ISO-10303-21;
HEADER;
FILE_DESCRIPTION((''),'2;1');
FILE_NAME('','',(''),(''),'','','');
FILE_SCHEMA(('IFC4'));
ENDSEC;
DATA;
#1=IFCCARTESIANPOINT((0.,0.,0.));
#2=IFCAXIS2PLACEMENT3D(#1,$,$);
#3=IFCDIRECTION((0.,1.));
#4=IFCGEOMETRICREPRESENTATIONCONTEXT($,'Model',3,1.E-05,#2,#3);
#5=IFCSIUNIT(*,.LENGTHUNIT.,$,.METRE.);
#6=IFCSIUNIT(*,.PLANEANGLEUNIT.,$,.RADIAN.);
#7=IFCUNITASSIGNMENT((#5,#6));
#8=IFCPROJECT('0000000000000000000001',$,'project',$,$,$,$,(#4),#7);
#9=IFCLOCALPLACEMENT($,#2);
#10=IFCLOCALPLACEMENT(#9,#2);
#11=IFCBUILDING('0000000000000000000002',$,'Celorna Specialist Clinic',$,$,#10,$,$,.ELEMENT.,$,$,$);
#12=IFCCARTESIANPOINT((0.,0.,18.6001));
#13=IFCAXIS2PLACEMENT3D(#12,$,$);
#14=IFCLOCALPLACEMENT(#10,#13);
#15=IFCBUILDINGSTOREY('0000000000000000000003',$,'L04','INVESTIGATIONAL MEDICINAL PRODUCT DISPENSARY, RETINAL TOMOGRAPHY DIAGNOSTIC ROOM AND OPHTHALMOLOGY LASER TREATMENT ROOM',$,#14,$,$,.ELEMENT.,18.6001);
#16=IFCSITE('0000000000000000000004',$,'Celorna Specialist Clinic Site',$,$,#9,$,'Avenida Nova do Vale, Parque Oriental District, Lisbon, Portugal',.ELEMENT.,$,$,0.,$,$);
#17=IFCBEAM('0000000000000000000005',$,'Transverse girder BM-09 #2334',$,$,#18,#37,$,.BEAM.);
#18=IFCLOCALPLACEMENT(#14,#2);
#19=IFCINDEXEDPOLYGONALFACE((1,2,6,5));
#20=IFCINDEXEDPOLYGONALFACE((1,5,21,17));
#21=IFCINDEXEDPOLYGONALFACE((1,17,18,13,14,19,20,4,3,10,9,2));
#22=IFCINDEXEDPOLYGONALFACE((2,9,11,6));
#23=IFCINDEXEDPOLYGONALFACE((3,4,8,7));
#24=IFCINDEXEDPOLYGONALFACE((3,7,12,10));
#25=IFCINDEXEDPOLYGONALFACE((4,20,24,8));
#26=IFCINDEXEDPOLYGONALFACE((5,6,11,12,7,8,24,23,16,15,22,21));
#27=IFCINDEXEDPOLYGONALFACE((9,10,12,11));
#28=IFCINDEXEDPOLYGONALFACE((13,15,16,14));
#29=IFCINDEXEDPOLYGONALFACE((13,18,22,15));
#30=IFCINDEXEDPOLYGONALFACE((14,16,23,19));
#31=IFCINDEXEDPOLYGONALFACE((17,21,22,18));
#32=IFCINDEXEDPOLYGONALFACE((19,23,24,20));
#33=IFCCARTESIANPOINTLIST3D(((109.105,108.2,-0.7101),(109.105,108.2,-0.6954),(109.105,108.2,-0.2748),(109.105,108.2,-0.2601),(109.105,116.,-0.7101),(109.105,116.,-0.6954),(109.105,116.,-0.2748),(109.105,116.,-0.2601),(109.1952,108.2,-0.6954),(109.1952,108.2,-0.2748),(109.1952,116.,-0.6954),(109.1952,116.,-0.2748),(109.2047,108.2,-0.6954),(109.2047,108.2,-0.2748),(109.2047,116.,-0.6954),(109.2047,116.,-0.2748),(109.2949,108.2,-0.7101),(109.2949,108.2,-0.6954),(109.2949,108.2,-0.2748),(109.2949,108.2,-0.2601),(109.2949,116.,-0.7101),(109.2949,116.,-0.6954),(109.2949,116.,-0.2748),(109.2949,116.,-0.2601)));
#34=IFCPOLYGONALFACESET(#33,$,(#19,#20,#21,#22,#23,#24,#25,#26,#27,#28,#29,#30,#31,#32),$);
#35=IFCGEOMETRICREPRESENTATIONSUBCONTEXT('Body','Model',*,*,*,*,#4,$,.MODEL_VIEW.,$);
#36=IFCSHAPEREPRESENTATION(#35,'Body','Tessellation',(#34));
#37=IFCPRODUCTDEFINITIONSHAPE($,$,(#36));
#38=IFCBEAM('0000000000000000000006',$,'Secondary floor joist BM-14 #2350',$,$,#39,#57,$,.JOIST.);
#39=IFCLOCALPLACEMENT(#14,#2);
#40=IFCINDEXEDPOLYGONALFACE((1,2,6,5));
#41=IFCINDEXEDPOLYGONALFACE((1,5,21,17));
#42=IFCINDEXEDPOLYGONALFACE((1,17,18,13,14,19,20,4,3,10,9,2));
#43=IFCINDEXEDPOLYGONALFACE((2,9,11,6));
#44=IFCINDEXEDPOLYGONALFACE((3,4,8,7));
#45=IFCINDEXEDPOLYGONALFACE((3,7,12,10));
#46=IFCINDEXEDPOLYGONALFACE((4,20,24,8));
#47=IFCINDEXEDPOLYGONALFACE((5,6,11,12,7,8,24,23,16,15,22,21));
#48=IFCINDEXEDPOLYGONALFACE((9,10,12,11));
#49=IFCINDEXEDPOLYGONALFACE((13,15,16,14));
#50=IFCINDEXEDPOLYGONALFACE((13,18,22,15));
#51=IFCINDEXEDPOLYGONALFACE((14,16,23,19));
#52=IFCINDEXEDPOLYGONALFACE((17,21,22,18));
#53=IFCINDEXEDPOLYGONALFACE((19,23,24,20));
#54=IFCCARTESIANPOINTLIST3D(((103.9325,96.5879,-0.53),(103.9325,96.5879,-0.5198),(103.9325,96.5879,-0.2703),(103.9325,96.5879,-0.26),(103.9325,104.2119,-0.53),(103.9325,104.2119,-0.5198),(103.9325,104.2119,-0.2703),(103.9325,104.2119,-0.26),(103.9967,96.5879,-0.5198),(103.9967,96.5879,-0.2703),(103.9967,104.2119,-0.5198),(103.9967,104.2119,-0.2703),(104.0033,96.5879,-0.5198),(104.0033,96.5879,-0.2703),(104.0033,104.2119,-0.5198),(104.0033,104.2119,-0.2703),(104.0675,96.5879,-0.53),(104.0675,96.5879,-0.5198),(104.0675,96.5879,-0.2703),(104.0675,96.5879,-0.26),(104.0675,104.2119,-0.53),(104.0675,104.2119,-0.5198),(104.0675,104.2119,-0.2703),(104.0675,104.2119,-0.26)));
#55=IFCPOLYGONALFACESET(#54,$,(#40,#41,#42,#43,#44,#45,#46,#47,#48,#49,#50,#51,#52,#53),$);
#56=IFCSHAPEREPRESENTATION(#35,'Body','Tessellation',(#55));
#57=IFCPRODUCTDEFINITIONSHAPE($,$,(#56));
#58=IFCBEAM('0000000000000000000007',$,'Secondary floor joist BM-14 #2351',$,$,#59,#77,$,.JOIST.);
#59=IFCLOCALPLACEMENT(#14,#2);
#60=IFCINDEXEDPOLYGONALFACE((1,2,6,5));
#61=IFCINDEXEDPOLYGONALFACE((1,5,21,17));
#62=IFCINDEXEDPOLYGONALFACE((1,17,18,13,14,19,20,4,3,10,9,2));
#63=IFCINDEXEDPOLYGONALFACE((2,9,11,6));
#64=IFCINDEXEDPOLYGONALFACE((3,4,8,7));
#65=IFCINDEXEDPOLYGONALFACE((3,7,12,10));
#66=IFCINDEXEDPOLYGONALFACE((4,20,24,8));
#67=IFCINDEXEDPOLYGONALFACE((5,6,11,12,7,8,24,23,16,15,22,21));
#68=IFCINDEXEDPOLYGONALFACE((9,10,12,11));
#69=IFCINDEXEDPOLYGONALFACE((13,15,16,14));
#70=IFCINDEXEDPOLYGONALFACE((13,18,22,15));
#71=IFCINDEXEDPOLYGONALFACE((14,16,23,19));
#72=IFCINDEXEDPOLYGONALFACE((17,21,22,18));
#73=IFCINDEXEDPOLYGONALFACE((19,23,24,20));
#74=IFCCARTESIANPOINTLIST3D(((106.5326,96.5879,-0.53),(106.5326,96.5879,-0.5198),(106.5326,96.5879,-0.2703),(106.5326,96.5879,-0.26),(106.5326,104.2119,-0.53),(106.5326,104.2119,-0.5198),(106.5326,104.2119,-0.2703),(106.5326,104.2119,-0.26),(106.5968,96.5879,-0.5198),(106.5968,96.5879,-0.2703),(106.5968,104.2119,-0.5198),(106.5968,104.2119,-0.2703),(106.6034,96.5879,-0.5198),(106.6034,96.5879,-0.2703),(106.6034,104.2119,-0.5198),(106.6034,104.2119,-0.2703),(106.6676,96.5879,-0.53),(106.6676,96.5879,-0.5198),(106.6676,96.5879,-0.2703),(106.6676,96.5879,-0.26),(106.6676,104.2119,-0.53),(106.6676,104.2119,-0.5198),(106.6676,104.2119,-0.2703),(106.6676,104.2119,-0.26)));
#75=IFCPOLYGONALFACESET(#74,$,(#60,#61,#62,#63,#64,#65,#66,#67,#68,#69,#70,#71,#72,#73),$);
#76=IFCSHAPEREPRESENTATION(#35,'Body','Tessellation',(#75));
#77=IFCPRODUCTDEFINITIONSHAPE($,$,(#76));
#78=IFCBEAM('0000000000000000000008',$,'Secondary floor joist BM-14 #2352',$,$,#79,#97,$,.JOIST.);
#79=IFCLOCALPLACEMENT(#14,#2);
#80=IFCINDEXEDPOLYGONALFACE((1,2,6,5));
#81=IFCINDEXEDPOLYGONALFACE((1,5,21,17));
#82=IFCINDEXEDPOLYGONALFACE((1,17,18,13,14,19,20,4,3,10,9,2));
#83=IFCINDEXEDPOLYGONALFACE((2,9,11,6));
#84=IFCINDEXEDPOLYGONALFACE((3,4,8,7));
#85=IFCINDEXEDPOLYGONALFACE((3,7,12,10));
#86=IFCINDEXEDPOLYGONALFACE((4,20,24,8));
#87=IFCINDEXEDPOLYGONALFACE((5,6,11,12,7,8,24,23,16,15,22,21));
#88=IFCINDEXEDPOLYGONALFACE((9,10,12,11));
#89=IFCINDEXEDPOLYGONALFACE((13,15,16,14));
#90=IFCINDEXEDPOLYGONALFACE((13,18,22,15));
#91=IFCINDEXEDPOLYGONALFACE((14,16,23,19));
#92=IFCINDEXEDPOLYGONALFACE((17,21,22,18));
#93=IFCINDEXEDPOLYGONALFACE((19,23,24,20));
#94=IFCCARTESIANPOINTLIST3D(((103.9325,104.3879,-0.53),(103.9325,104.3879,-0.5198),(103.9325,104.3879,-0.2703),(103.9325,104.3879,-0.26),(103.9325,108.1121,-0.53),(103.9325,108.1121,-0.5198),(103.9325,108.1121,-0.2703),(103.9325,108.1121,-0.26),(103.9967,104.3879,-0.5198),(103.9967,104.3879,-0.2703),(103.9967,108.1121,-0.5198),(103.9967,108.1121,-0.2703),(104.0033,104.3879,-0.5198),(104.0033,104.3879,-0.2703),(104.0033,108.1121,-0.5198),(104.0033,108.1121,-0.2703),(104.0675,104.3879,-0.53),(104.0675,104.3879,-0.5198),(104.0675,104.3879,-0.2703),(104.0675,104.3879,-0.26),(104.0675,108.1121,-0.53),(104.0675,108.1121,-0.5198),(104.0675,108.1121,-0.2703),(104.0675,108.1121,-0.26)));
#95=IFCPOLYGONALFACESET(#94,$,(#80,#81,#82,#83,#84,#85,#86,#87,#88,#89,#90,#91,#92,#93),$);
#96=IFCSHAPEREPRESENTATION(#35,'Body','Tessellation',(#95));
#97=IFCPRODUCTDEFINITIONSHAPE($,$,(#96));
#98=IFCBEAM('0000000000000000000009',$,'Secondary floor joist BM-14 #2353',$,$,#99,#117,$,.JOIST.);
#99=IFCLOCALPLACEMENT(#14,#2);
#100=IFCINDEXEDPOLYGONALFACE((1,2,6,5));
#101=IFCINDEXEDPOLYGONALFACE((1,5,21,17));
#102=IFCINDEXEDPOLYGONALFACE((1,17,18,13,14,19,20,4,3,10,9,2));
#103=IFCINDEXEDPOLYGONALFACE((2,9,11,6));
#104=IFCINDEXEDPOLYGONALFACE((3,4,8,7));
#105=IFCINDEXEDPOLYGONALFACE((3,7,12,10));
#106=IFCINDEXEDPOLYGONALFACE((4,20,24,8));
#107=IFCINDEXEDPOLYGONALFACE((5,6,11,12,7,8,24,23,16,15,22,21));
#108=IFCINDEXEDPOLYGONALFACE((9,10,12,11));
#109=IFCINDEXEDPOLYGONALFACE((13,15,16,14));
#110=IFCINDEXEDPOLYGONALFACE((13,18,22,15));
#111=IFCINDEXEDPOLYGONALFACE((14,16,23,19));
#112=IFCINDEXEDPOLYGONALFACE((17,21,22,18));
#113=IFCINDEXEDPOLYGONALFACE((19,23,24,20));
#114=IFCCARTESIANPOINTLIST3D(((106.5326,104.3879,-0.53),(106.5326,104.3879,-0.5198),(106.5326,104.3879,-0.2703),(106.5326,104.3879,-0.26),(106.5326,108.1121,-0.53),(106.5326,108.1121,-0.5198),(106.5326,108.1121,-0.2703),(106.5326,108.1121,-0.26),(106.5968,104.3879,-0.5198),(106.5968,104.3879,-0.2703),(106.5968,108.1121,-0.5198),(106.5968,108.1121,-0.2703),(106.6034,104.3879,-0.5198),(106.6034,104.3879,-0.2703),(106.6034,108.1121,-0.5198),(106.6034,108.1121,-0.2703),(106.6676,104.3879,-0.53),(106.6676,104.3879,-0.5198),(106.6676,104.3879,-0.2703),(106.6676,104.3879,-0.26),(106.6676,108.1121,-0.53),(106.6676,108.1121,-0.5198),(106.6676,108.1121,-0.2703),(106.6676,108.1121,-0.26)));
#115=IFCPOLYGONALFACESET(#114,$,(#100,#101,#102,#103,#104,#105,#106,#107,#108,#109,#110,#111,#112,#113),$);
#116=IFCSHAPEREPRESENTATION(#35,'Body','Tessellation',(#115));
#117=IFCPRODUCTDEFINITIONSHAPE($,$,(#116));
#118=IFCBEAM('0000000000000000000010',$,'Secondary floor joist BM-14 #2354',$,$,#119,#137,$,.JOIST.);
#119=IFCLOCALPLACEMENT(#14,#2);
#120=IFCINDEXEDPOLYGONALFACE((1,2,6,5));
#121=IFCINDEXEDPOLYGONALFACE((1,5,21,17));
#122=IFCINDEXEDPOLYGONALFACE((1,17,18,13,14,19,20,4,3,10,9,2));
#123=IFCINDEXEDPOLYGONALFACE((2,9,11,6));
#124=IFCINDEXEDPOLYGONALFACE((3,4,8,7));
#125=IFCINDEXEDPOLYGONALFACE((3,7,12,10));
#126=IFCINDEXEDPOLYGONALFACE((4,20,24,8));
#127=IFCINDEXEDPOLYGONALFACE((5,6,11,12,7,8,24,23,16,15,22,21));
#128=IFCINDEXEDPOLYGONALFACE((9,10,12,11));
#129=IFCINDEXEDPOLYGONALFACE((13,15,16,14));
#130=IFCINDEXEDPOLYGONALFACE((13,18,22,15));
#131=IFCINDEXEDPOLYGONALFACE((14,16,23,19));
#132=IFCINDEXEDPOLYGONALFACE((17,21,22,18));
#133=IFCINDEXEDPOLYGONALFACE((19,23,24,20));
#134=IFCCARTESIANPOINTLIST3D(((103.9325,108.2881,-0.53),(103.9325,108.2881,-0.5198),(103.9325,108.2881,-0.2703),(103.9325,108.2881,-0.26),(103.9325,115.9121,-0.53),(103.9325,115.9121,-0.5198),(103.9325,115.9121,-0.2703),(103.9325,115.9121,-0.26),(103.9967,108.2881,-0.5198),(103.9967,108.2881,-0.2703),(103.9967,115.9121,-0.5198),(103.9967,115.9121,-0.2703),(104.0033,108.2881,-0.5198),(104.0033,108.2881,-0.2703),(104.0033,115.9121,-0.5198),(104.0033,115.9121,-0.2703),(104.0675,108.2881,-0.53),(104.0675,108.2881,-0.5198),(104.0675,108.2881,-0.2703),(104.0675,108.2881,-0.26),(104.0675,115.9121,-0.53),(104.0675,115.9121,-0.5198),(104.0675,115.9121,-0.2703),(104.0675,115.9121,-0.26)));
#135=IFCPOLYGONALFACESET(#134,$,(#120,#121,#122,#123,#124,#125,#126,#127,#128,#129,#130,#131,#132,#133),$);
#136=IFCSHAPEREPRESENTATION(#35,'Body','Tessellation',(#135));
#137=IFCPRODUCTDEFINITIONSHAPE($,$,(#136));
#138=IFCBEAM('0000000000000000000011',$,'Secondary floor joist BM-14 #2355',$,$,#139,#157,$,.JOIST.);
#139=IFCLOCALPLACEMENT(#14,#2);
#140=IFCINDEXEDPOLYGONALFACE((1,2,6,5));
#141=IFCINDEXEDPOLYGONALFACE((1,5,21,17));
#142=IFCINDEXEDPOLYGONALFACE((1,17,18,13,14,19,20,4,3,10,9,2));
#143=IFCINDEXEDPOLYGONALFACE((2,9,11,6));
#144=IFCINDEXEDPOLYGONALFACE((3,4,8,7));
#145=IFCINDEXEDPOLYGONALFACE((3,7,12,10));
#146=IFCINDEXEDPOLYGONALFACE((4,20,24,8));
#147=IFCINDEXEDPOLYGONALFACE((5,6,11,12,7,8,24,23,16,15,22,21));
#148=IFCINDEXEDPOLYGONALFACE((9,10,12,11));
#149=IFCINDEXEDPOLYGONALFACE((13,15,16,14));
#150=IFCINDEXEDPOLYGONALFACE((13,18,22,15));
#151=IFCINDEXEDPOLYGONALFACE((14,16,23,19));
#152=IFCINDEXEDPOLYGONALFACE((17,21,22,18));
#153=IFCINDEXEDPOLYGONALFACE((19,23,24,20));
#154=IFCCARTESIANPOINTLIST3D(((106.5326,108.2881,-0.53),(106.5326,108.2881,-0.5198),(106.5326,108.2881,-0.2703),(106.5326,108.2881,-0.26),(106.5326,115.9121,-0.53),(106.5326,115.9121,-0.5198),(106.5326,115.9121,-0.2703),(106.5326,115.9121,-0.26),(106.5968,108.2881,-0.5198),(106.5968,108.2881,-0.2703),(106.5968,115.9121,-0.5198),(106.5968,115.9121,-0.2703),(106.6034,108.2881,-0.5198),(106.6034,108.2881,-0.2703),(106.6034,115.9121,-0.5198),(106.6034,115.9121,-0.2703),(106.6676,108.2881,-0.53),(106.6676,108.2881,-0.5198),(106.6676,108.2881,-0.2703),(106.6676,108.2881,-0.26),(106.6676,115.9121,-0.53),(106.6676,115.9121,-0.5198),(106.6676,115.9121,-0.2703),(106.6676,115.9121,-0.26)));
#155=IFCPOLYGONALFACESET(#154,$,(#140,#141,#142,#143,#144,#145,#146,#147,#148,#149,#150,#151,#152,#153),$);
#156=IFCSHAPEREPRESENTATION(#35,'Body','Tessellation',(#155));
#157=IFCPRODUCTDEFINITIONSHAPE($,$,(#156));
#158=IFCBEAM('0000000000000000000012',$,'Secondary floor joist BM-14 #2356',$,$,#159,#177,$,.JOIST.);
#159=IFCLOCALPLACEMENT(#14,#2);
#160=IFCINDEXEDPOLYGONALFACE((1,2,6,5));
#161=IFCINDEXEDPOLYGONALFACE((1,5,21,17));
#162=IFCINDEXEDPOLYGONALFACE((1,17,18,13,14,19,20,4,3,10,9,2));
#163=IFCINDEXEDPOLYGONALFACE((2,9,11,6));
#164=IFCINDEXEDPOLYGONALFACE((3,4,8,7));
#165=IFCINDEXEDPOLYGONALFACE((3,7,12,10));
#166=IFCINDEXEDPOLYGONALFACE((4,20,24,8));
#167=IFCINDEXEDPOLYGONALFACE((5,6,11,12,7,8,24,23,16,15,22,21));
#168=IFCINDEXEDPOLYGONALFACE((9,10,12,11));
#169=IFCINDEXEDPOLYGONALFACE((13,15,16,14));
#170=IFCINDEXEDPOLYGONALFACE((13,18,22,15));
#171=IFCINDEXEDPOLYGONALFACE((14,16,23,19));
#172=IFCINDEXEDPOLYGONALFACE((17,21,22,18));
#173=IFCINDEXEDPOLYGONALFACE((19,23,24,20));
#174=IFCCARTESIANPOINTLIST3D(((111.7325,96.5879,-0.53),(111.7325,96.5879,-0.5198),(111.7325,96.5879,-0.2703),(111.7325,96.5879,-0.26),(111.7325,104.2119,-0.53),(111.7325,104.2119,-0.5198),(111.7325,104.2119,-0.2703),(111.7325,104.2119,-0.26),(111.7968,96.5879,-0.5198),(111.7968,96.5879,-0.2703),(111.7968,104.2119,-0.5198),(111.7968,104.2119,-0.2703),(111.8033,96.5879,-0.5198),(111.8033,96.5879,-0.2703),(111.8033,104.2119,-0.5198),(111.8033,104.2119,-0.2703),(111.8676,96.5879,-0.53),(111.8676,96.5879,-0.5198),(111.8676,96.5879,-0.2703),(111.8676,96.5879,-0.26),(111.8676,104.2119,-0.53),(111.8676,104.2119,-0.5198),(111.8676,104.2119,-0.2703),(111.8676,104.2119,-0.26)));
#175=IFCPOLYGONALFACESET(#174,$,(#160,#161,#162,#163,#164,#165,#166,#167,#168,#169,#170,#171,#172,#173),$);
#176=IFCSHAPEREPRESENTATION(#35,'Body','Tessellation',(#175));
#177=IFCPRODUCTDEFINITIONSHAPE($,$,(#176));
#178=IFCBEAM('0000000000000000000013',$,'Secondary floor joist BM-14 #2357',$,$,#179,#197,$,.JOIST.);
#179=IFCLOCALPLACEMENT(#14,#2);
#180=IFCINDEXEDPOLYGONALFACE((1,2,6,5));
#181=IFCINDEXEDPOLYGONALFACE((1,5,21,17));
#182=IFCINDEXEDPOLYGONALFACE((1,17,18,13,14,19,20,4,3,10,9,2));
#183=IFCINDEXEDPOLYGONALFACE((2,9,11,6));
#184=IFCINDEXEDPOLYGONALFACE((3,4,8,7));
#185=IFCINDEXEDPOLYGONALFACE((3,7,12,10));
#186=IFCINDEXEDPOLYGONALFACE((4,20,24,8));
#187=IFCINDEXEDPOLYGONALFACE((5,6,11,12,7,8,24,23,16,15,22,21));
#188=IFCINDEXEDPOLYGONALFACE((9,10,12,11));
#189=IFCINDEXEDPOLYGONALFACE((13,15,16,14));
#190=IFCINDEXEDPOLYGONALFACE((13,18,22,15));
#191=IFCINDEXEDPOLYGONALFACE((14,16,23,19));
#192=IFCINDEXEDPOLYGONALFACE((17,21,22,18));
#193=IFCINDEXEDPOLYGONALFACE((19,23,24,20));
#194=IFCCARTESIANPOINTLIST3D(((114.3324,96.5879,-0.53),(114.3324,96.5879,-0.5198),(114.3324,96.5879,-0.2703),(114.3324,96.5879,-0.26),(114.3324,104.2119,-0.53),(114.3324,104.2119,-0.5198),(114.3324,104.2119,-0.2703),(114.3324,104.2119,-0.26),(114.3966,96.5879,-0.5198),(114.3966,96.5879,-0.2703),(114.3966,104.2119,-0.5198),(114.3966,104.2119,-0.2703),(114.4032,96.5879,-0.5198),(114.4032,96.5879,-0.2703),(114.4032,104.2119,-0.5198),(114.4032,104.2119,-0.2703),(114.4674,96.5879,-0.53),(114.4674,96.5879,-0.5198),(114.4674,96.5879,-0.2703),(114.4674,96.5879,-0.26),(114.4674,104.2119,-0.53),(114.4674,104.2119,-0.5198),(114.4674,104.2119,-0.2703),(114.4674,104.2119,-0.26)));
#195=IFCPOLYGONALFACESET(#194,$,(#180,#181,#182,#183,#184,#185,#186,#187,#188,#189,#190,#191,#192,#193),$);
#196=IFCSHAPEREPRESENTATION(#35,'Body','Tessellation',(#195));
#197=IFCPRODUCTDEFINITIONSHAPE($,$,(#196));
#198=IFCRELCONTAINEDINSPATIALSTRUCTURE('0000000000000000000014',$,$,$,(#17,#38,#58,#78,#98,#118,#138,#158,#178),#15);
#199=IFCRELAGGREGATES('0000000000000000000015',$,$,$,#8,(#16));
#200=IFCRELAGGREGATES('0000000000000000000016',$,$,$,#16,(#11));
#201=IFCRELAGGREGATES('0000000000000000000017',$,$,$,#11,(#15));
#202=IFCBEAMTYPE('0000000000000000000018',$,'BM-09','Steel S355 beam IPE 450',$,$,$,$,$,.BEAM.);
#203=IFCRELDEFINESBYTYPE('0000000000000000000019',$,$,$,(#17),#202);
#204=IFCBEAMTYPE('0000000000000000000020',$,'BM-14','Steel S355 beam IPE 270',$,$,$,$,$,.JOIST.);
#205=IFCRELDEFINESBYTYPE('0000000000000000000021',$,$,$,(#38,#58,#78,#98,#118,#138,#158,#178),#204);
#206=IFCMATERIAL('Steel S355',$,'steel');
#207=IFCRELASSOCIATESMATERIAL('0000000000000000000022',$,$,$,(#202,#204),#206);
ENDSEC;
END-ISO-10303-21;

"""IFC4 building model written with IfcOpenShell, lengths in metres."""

from ifc_helpers import new_model, si_unit, direction, frame, origin, origin_2d, place, context, subcontext, project, spatial, i_section, extrude, material, material_profile, profile_set, type_object, element, save


model = new_model("IFC4")

# Units and contexts
model_context = context("Model", 3, precision=1e-05, world=origin(), true_north=direction((0.0, 1.0)))
body_context = subcontext(model_context, "Body", "Model", "MODEL_VIEW")
ifc_project = project(units=[si_unit("LENGTHUNIT", "METRE"), si_unit("PLANEANGLEUNIT", "RADIAN")], contexts=[model_context])

# Site, building, storey
site_placement = place(None, origin())
site = spatial("IfcSite", under=ifc_project, at=site_placement, Name="Celorna Specialist Clinic Site", LongName="Avenida Nova do Vale, Parque Oriental District, Lisbon, Portugal", CompositionType="ELEMENT", RefElevation=0.0)
building_placement = place(site_placement, origin())
building = spatial("IfcBuilding", under=site, at=building_placement, Name="Celorna Specialist Clinic", CompositionType="ELEMENT")
storey_placement = place(building_placement, frame((0.0, 0.0, 18.6001)))
storey = spatial("IfcBuildingStorey", under=building, at=storey_placement, Name="L04", Description="INVESTIGATIONAL MEDICINAL PRODUCT DISPENSARY, RETINAL TOMOGRAPHY DIAGNOSTIC ROOM AND OPHTHALMOLOGY LASER TREATMENT ROOM", CompositionType="ELEMENT", Elevation=18.6001)

# Beams
ifc_material_1 = material(Name="Steel S355", Category="steel")
ifc_material_profile_1 = material_profile(ifc_material_1, i_section(OverallWidth=0.1899, OverallDepth=0.45, WebThickness=0.0095, FlangeThickness=0.0146, at=origin_2d()), Name="IPE 450")
ifc_profile_set_1 = profile_set([ifc_material_profile_1], Name="Steel S355")
beam_type_1 = type_object("IfcBeamType", Name="BM-09", Description="Steel S355 beam IPE 450", PredefinedType="BEAM", material=ifc_profile_set_1)
beam_1_placement = place(storey_placement, frame((109.2, 108.2, -0.4851), z_axis=(0.0, 1.0, 0.0), x_axis=(-1.0, 0.0, 0.0)))
element("IfcBeam", 1, at=beam_1_placement, inside=storey, type_object=beam_type_1, Name="Transverse girder BM-09 #2334", PredefinedType="BEAM", context=body_context, shape_type="SweptSolid", body=[
    extrude(i_section(OverallWidth=0.1899, OverallDepth=0.45, WebThickness=0.0095, FlangeThickness=0.0146, at=origin_2d()), origin(), (0.0, 0.0, 1.0), 7.8),
])
ifc_material_profile_2 = material_profile(ifc_material_1, i_section(OverallWidth=0.135, OverallDepth=0.27, WebThickness=0.0066, FlangeThickness=0.0103, at=origin_2d()), Name="IPE 270")
ifc_profile_set_2 = profile_set([ifc_material_profile_2], Name="Steel S355")
beam_type_2 = type_object("IfcBeamType", Name="BM-14", Description="Steel S355 beam IPE 270", PredefinedType="JOIST", material=ifc_profile_set_2)
for number, where, z_axis, x_axis, name in (
    (2, (104.0, 96.5879, -0.395), (0.0, 1.0, 0.0), (-1.0, 0.0, 0.0), "Secondary floor joist BM-14 #2350"),
    (3, (106.6001, 96.5879, -0.395), (0.0, 1.0, 0.0), (-1.0, 0.0, 0.0), "Secondary floor joist BM-14 #2351"),
):
    element("IfcBeam", number, at=place(storey_placement, frame(where, z_axis=z_axis, x_axis=x_axis)), inside=storey, type_object=beam_type_2, Name=name, PredefinedType="JOIST", context=body_context, shape_type="SweptSolid", body=[
        extrude(i_section(OverallWidth=0.135, OverallDepth=0.27, WebThickness=0.0066, FlangeThickness=0.0103, at=origin_2d()), origin(), (0.0, 0.0, 1.0), 7.624),
    ])
for number, where, z_axis, x_axis, name in (
    (4, (104.0, 104.3879, -0.395), (0.0, 1.0, 0.0), (-1.0, 0.0, 0.0), "Secondary floor joist BM-14 #2352"),
    (5, (106.6001, 104.3879, -0.395), (0.0, 1.0, 0.0), (-1.0, 0.0, 0.0), "Secondary floor joist BM-14 #2353"),
):
    element("IfcBeam", number, at=place(storey_placement, frame(where, z_axis=z_axis, x_axis=x_axis)), inside=storey, type_object=beam_type_2, Name=name, PredefinedType="JOIST", context=body_context, shape_type="SweptSolid", body=[
        extrude(i_section(OverallWidth=0.135, OverallDepth=0.27, WebThickness=0.0066, FlangeThickness=0.0103, at=origin_2d()), origin(), (0.0, 0.0, 1.0), 3.7241),
    ])
for number, where, z_axis, x_axis, name in (
    (6, (104.0, 108.2881, -0.395), (0.0, 1.0, 0.0), (-1.0, 0.0, 0.0), "Secondary floor joist BM-14 #2354"),
    (7, (106.6001, 108.2881, -0.395), (0.0, 1.0, 0.0), (-1.0, 0.0, 0.0), "Secondary floor joist BM-14 #2355"),
    (8, (111.8, 96.5879, -0.395), (0.0, 1.0, 0.0), (-1.0, 0.0, 0.0), "Secondary floor joist BM-14 #2356"),
    (9, (114.3999, 96.5879, -0.395), (0.0, 1.0, 0.0), (-1.0, 0.0, 0.0), "Secondary floor joist BM-14 #2357"),
):
    element("IfcBeam", number, at=place(storey_placement, frame(where, z_axis=z_axis, x_axis=x_axis)), inside=storey, type_object=beam_type_2, Name=name, PredefinedType="JOIST", context=body_context, shape_type="SweptSolid", body=[
        extrude(i_section(OverallWidth=0.135, OverallDepth=0.27, WebThickness=0.0066, FlangeThickness=0.0103, at=origin_2d()), origin(), (0.0, 0.0, 1.0), 7.624),
    ])

save(model, "model.ifc")
